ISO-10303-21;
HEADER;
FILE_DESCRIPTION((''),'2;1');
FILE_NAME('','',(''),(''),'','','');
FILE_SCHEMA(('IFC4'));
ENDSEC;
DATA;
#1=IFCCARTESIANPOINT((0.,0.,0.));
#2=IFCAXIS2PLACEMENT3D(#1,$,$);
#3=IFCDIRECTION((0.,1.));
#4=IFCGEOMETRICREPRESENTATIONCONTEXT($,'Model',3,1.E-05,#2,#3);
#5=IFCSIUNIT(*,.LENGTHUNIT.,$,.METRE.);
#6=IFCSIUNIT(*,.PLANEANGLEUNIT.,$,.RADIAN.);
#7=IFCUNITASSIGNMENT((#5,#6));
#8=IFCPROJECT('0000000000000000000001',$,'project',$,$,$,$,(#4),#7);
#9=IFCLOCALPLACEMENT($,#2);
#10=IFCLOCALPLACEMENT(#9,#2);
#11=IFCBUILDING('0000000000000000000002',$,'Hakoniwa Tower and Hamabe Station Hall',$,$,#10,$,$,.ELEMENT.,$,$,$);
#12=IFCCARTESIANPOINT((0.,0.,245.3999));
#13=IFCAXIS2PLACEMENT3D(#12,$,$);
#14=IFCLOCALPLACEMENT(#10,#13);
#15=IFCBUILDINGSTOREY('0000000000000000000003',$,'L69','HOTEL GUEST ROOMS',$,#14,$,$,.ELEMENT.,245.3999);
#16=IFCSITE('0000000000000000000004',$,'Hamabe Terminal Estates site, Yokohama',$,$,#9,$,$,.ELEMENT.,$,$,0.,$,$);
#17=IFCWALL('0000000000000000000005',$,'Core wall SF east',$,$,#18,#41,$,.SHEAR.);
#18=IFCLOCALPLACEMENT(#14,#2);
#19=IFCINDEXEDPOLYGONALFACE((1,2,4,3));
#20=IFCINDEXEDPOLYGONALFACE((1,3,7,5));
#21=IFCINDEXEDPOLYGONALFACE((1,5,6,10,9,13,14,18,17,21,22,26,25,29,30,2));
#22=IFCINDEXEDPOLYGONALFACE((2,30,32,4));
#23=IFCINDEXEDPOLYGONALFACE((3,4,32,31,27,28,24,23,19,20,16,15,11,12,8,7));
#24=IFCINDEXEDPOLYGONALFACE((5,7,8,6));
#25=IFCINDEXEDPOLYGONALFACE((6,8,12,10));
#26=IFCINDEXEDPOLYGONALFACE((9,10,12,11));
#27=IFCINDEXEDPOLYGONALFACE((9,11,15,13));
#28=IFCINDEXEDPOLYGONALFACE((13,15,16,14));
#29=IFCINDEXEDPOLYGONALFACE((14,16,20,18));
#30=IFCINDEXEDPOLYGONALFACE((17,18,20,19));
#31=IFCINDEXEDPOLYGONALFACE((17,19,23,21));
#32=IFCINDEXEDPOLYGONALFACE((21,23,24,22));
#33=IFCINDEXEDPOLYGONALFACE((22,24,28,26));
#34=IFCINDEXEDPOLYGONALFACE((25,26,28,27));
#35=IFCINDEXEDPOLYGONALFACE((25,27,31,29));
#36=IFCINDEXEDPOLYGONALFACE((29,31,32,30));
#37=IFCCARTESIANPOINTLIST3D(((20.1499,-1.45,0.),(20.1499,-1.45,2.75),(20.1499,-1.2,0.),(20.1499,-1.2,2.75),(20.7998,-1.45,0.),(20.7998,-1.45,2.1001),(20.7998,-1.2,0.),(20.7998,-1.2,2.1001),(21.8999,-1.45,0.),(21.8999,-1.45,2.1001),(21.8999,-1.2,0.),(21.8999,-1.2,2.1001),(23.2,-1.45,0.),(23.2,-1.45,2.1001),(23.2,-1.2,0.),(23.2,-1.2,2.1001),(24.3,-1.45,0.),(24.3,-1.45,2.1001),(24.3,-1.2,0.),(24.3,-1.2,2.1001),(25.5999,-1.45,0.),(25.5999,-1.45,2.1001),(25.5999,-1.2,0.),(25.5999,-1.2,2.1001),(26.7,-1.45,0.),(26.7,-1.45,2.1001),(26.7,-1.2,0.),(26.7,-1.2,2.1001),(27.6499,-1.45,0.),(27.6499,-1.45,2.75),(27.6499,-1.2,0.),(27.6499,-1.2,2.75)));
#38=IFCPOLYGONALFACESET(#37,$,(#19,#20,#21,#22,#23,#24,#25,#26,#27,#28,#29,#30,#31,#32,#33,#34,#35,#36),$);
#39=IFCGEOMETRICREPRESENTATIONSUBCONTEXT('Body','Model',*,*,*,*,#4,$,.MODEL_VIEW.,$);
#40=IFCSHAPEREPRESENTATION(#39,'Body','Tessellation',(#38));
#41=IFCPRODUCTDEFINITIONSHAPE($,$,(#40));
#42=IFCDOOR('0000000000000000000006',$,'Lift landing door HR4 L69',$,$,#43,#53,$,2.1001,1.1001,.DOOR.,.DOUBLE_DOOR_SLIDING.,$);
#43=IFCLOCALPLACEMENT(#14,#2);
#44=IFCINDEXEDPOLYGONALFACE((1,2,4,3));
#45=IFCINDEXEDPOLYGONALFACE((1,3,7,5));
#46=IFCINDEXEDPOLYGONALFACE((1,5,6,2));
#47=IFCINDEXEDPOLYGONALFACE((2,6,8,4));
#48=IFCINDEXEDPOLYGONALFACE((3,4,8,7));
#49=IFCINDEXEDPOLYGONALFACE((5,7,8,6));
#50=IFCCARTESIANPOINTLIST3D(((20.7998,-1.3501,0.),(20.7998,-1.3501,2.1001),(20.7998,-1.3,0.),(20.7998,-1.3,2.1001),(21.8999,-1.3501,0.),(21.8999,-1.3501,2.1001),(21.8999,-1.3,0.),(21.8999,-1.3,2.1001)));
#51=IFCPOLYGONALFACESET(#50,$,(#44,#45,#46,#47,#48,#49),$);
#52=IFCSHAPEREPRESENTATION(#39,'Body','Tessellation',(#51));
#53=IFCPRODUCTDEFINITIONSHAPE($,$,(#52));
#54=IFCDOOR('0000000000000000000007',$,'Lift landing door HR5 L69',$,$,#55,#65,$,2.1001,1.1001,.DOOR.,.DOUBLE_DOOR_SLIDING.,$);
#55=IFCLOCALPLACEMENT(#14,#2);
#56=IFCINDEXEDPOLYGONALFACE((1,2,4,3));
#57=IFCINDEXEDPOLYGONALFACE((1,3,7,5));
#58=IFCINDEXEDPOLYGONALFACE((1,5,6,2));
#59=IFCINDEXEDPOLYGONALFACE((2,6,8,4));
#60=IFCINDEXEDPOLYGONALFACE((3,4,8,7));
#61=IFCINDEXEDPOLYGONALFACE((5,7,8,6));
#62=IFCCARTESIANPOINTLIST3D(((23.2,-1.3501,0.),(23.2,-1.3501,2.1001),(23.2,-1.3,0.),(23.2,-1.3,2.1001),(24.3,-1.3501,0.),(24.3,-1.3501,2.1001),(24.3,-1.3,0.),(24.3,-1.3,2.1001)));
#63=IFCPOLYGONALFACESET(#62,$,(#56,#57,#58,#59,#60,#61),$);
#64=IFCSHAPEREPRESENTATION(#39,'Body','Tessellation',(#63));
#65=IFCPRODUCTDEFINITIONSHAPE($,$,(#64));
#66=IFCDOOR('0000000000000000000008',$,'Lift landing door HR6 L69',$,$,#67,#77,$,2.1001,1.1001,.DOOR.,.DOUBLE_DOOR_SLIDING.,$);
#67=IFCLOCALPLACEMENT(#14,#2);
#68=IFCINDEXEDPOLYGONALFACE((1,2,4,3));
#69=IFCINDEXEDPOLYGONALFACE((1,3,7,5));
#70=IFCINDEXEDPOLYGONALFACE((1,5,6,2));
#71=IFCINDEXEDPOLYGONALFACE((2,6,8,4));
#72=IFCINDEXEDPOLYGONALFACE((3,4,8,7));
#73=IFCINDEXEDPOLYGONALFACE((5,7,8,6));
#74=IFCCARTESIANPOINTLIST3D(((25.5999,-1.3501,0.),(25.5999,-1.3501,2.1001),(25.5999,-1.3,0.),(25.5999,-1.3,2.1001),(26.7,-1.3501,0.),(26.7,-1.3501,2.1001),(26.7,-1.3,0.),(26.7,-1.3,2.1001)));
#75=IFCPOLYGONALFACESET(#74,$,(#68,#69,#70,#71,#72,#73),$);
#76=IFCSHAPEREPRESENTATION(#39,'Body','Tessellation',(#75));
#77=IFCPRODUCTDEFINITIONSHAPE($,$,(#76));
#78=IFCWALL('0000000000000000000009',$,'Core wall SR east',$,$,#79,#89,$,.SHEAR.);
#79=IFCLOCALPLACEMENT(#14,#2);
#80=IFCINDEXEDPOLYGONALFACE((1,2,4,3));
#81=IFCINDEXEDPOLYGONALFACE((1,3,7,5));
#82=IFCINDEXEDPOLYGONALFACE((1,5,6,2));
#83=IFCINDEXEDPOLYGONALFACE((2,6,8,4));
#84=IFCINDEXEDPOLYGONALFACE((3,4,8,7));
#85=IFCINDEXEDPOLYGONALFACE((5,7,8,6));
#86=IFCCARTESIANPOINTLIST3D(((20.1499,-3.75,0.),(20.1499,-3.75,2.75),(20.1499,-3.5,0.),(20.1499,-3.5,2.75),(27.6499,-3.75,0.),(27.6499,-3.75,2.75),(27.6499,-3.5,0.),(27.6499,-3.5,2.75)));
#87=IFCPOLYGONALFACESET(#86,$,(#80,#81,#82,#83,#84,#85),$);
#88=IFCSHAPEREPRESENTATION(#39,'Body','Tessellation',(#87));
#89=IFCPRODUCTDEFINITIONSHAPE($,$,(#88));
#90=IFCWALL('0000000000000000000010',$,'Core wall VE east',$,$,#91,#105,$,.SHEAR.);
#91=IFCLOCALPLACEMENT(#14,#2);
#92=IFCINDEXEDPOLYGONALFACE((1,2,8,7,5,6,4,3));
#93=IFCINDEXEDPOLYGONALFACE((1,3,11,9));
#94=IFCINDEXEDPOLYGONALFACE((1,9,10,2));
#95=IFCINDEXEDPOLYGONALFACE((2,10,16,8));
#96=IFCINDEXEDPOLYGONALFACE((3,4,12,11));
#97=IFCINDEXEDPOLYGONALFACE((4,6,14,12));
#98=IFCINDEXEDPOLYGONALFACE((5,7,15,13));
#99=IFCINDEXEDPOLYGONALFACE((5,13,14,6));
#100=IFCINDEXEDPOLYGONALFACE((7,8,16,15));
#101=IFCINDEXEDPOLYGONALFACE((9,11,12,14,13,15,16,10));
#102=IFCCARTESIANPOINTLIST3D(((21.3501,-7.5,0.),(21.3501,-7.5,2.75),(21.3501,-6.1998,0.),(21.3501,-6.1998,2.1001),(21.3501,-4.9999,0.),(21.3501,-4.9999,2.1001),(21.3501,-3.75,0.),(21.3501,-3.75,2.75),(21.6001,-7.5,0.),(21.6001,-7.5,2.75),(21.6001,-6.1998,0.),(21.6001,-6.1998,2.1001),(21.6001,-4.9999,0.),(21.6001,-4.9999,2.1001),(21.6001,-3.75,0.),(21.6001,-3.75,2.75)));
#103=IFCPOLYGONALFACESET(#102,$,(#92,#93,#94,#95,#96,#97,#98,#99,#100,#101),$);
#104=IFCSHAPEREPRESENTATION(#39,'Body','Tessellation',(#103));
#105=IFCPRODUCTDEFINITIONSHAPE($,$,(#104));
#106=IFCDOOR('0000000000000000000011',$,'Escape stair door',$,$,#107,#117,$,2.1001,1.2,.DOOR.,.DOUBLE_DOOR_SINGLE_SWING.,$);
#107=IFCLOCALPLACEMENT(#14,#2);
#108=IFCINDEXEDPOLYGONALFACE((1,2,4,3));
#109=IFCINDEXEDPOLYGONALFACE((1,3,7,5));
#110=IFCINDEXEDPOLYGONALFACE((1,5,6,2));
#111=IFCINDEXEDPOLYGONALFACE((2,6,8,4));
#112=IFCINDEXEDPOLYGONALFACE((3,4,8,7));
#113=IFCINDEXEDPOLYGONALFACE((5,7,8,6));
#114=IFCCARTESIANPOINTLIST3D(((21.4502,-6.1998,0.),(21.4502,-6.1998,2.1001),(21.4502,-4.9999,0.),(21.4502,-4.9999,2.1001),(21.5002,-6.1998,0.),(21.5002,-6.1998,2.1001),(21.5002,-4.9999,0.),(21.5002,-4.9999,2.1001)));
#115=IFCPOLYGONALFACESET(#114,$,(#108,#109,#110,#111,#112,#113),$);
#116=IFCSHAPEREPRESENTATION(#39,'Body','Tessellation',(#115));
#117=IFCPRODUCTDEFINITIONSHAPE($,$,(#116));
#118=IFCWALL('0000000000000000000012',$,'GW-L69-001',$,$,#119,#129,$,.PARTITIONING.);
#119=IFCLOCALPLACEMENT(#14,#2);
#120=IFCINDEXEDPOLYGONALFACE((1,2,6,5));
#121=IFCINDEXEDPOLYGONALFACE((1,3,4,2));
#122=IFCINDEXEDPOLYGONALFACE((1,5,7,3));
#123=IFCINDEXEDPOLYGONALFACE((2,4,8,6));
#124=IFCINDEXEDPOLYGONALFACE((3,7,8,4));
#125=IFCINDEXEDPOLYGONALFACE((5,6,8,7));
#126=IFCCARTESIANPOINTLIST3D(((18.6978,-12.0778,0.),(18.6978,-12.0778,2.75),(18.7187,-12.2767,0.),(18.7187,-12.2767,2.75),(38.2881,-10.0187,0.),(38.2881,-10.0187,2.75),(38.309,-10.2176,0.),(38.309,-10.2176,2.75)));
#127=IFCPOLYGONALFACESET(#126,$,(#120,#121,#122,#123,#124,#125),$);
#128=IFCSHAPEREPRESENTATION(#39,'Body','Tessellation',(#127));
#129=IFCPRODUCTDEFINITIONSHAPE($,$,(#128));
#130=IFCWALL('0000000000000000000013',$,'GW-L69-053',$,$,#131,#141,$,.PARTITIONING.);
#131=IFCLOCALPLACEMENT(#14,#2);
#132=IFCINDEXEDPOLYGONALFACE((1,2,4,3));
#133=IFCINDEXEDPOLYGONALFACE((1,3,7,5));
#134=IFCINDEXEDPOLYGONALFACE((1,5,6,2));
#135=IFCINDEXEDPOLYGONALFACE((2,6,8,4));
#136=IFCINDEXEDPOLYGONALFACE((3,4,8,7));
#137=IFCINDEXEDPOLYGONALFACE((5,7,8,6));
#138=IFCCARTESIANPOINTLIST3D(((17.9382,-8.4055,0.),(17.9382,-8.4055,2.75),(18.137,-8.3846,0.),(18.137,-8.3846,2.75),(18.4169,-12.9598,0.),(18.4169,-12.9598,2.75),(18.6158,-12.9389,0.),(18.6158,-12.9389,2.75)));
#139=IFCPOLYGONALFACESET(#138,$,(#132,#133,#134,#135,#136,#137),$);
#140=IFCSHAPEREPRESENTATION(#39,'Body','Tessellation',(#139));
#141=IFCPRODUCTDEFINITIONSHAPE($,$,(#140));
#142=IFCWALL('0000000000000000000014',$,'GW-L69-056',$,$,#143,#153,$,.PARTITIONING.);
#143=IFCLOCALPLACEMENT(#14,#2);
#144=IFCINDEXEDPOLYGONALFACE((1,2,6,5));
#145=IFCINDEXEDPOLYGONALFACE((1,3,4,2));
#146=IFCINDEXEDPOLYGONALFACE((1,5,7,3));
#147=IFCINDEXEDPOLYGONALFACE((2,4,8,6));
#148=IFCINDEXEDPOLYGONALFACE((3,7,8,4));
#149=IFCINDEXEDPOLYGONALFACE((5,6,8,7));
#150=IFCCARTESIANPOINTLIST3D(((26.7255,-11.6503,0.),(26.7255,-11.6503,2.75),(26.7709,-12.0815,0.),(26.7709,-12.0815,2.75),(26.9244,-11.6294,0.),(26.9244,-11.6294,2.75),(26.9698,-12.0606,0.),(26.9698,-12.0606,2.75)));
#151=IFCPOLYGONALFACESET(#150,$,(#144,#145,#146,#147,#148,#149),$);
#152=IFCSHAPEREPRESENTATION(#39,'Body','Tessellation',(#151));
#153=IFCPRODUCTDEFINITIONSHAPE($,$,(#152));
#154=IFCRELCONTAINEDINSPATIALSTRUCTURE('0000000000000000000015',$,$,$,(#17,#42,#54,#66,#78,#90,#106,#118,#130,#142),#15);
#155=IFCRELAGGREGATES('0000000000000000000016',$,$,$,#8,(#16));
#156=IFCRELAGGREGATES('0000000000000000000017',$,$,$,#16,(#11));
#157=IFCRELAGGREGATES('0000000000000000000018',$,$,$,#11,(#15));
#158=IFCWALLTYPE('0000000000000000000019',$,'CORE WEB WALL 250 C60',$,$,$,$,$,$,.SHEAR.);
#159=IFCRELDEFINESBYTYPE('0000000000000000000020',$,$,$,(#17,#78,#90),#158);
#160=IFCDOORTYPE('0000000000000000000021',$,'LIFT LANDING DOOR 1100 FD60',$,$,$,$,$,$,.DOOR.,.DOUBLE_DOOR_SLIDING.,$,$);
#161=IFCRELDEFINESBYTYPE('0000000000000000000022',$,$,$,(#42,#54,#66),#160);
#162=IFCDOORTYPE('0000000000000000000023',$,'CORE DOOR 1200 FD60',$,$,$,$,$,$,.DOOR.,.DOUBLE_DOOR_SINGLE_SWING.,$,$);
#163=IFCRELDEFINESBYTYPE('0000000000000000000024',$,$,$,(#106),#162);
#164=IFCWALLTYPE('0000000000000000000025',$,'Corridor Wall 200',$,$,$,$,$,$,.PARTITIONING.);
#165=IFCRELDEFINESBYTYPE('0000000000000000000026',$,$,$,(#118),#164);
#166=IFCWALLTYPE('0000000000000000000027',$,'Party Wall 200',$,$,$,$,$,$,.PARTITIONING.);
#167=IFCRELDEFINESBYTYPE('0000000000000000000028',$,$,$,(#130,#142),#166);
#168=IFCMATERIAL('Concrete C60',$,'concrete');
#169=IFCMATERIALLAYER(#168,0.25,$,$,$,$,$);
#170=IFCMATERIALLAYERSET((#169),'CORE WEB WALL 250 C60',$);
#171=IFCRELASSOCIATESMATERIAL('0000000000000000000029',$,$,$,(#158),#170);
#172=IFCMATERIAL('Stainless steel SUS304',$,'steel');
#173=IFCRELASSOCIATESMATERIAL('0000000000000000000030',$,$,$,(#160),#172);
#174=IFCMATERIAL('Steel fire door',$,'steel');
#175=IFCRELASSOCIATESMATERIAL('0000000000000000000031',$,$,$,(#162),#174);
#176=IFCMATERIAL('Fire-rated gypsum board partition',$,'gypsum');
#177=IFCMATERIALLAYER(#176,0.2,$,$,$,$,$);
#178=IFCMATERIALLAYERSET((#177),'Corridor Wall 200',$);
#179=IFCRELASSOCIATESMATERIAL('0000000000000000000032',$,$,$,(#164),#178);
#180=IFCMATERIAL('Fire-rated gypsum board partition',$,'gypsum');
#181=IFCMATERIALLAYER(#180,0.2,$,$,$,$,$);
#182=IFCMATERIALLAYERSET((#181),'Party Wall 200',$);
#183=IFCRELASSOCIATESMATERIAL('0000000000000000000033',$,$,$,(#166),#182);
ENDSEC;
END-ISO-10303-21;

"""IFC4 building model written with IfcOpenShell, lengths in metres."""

from ifc_helpers import new_model, si_unit, direction, frame, frame_2d, origin, place, context, subcontext, project, spatial, rectangle, extrude, material, layer, layer_set, type_object, element, fill, save


model = new_model("IFC4")

# Units and contexts
model_context = context("Model", 3, precision=1e-05, world=origin(), true_north=direction((0.0, 1.0)))
body_context = subcontext(model_context, "Body", "Model", "MODEL_VIEW")
ifc_project = project(units=[si_unit("LENGTHUNIT", "METRE"), si_unit("PLANEANGLEUNIT", "RADIAN")], contexts=[model_context])

# Site, building, storey
site_placement = place(None, origin())
site = spatial("IfcSite", under=ifc_project, at=site_placement, Name="Hamabe Terminal Estates site, Yokohama", CompositionType="ELEMENT", RefElevation=0.0)
building_placement = place(site_placement, origin())
building = spatial("IfcBuilding", under=site, at=building_placement, Name="Hakoniwa Tower and Hamabe Station Hall", CompositionType="ELEMENT")
storey_placement = place(building_placement, frame((0.0, 0.0, 245.3999)))
storey = spatial("IfcBuildingStorey", under=building, at=storey_placement, Name="L69", Description="HOTEL GUEST ROOMS", CompositionType="ELEMENT", Elevation=245.3999)

# Shared definitions
ifc_material_1 = material(Name="Concrete C60", Category="concrete")
ifc_layer_1 = layer(ifc_material_1, 0.25)
ifc_layer_set_1 = layer_set([ifc_layer_1], Name="CORE WEB WALL 250 C60")
wall_type_1 = type_object("IfcWallType", Name="CORE WEB WALL 250 C60", PredefinedType="SHEAR", material=ifc_layer_set_1)

# Wall, openings, doors
wall_1_placement = place(storey_placement, frame((20.1499, -1.325, 0.0), z_axis=(0.0, 0.0, 1.0), x_axis=(1.0, 0.0, 0.0)))
wall_1 = element("IfcWall", 1, at=wall_1_placement, inside=storey, type_object=wall_type_1, Name="Core wall SF east", PredefinedType="SHEAR", context=body_context, shape_type="SweptSolid", body=[
    extrude(rectangle(XDim=7.5, YDim=0.25, at=frame_2d((3.75, 0.0))), origin(), (0.0, 0.0, 1.0), 2.75),
])
opening_1_placement = place(wall_1_placement, frame((0.6499, 0.0, 0.0)))
opening_1 = element("IfcOpeningElement", 2, at=opening_1_placement, cuts=wall_1, PredefinedType="OPENING", context=body_context, shape_type="SweptSolid", body=[
    extrude(rectangle(XDim=1.1001, YDim=2.1001, at=frame_2d((0.55, 1.05))), frame((0.0, 0.135, 0.0), z_axis=(0.0, -1.0, 0.0), x_axis=(1.0, 0.0, 0.0)), (0.0, 0.0, 1.0), 0.27),
])
opening_2_placement = place(wall_1_placement, frame((3.05, 0.0, 0.0)))
opening_2 = element("IfcOpeningElement", 3, at=opening_2_placement, cuts=wall_1, PredefinedType="OPENING", context=body_context, shape_type="SweptSolid", body=[
    extrude(rectangle(XDim=1.1001, YDim=2.1001, at=frame_2d((0.55, 1.05))), frame((0.0, 0.135, 0.0), z_axis=(0.0, -1.0, 0.0), x_axis=(1.0, 0.0, 0.0)), (0.0, 0.0, 1.0), 0.27),
])
opening_3_placement = place(wall_1_placement, frame((5.45, 0.0, 0.0)))
opening_3 = element("IfcOpeningElement", 4, at=opening_3_placement, cuts=wall_1, PredefinedType="OPENING", context=body_context, shape_type="SweptSolid", body=[
    extrude(rectangle(XDim=1.1001, YDim=2.1001, at=frame_2d((0.55, 1.05))), frame((0.0, 0.135, 0.0), z_axis=(0.0, -1.0, 0.0), x_axis=(1.0, 0.0, 0.0)), (0.0, 0.0, 1.0), 0.27),
])
ifc_material_2 = material(Name="Stainless steel SUS304", Category="steel")
door_type_1 = type_object("IfcDoorType", Name="LIFT LANDING DOOR 1100 FD60", OperationType="DOUBLE_DOOR_SLIDING", PredefinedType="DOOR", material=ifc_material_2)
door_1_placement = place(opening_1_placement, origin())
door_1 = element("IfcDoor", 5, at=door_1_placement, inside=storey, type_object=door_type_1, Name="Lift landing door HR4 L69", OperationType="DOUBLE_DOOR_SLIDING", OverallHeight=2.1001, OverallWidth=1.1001, PredefinedType="DOOR", context=body_context, shape_type="SweptSolid", body=[
    extrude(rectangle(XDim=1.1001, YDim=2.1001, at=frame_2d((0.55, 1.05))), frame((0.0, 0.0249, 0.0), z_axis=(0.0, -1.0, 0.0), x_axis=(1.0, 0.0, 0.0)), (0.0, 0.0, 1.0), 0.05),
])
fill(opening_1, door_1)
door_2_placement = place(opening_2_placement, origin())
door_2 = element("IfcDoor", 6, at=door_2_placement, inside=storey, type_object=door_type_1, Name="Lift landing door HR5 L69", OperationType="DOUBLE_DOOR_SLIDING", OverallHeight=2.1001, OverallWidth=1.1001, PredefinedType="DOOR", context=body_context, shape_type="SweptSolid", body=[
    extrude(rectangle(XDim=1.1001, YDim=2.1001, at=frame_2d((0.55, 1.05))), frame((0.0, 0.0249, 0.0), z_axis=(0.0, -1.0, 0.0), x_axis=(1.0, 0.0, 0.0)), (0.0, 0.0, 1.0), 0.05),
])
fill(opening_2, door_2)
door_3_placement = place(opening_3_placement, origin())
door_3 = element("IfcDoor", 7, at=door_3_placement, inside=storey, type_object=door_type_1, Name="Lift landing door HR6 L69", OperationType="DOUBLE_DOOR_SLIDING", OverallHeight=2.1001, OverallWidth=1.1001, PredefinedType="DOOR", context=body_context, shape_type="SweptSolid", body=[
    extrude(rectangle(XDim=1.1001, YDim=2.1001, at=frame_2d((0.55, 1.05))), frame((0.0, 0.0249, 0.0), z_axis=(0.0, -1.0, 0.0), x_axis=(1.0, 0.0, 0.0)), (0.0, 0.0, 1.0), 0.05),
])
fill(opening_3, door_3)

# Wall
wall_2_placement = place(storey_placement, frame((20.1499, -3.625, 0.0), z_axis=(0.0, 0.0, 1.0), x_axis=(1.0, 0.0, 0.0)))
element("IfcWall", 8, at=wall_2_placement, inside=storey, type_object=wall_type_1, Name="Core wall SR east", PredefinedType="SHEAR", context=body_context, shape_type="SweptSolid", body=[
    extrude(rectangle(XDim=7.5, YDim=0.25, at=frame_2d((3.75, 0.0))), origin(), (0.0, 0.0, 1.0), 2.75),
])

# Wall, opening, door
wall_3_placement = place(storey_placement, frame((21.4751, -7.5, 0.0), z_axis=(0.0, 0.0, 1.0), x_axis=(0.0, 1.0, 0.0)))
wall_3 = element("IfcWall", 9, at=wall_3_placement, inside=storey, type_object=wall_type_1, Name="Core wall VE east", PredefinedType="SHEAR", context=body_context, shape_type="SweptSolid", body=[
    extrude(rectangle(XDim=3.75, YDim=0.25, at=frame_2d((1.875, 0.0))), origin(), (0.0, 0.0, 1.0), 2.75),
])
opening_4_placement = place(wall_3_placement, frame((1.3, 0.0, 0.0)))
opening_4 = element("IfcOpeningElement", 10, at=opening_4_placement, cuts=wall_3, PredefinedType="OPENING", context=body_context, shape_type="SweptSolid", body=[
    extrude(rectangle(XDim=1.2, YDim=2.1001, at=frame_2d((0.6001, 1.05))), frame((0.0, 0.135, 0.0), z_axis=(0.0, -1.0, 0.0), x_axis=(1.0, 0.0, 0.0)), (0.0, 0.0, 1.0), 0.27),
])
ifc_material_3 = material(Name="Steel fire door", Category="steel")
door_type_2 = type_object("IfcDoorType", Name="CORE DOOR 1200 FD60", OperationType="DOUBLE_DOOR_SINGLE_SWING", PredefinedType="DOOR", material=ifc_material_3)
door_4_placement = place(opening_4_placement, origin())
door_4 = element("IfcDoor", 11, at=door_4_placement, inside=storey, type_object=door_type_2, Name="Escape stair door", OperationType="DOUBLE_DOOR_SINGLE_SWING", OverallHeight=2.1001, OverallWidth=1.2, PredefinedType="DOOR", context=body_context, shape_type="SweptSolid", body=[
    extrude(rectangle(XDim=1.2, YDim=2.1001, at=frame_2d((0.6001, 1.05))), frame((0.0, 0.0249, 0.0), z_axis=(0.0, -1.0, 0.0), x_axis=(1.0, 0.0, 0.0)), (0.0, 0.0, 1.0), 0.05),
])
fill(opening_4, door_4)

# Walls
ifc_material_4 = material(Name="Fire-rated gypsum board partition", Category="gypsum")
ifc_layer_2 = layer(ifc_material_4, 0.2)
ifc_layer_set_2 = layer_set([ifc_layer_2], Name="Corridor Wall 200")
wall_type_2 = type_object("IfcWallType", Name="Corridor Wall 200", PredefinedType="PARTITIONING", material=ifc_layer_set_2)
wall_4_placement = place(storey_placement, frame((18.7083, -12.1772, 0.0), z_axis=(0.0, 0.0, 1.0), x_axis=(0.994522, 0.104531, 0.0)))
element("IfcWall", 12, at=wall_4_placement, inside=storey, type_object=wall_type_2, Name="GW-L69-001", PredefinedType="PARTITIONING", context=body_context, shape_type="SweptSolid", body=[
    extrude(rectangle(XDim=19.6982, YDim=0.2, at=frame_2d((9.8491, 0.0))), origin(), (0.0, 0.0, 1.0), 2.75),
])
ifc_material_5 = material(Name="Fire-rated gypsum board partition", Category="gypsum")
ifc_layer_3 = layer(ifc_material_5, 0.2)
ifc_layer_set_3 = layer_set([ifc_layer_3], Name="Party Wall 200")
wall_type_3 = type_object("IfcWallType", Name="Party Wall 200", PredefinedType="PARTITIONING", material=ifc_layer_set_3)
wall_5_placement = place(storey_placement, frame((18.5164, -12.9492, 0.0), z_axis=(0.0, 0.0, 1.0), x_axis=(-0.104549, 0.99452, 0.0)))
element("IfcWall", 13, at=wall_5_placement, inside=storey, type_object=wall_type_3, Name="GW-L69-053", PredefinedType="PARTITIONING", context=body_context, shape_type="SweptSolid", body=[
    extrude(rectangle(XDim=4.5793, YDim=0.2, at=frame_2d((2.2896, 0.0))), origin(), (0.0, 0.0, 1.0), 2.75),
])
wall_6_placement = place(storey_placement, frame((26.8704, -12.071, 0.0), z_axis=(0.0, 0.0, 1.0), x_axis=(-0.104743, 0.994499, 0.0)))
element("IfcWall", 14, at=wall_6_placement, inside=storey, type_object=wall_type_3, Name="GW-L69-056", PredefinedType="PARTITIONING", context=body_context, shape_type="SweptSolid", body=[
    extrude(rectangle(XDim=0.4336, YDim=0.2, at=frame_2d((0.2168, 0.0))), origin(), (0.0, 0.0, 1.0), 2.75),
])

save(model, "model.ifc")
